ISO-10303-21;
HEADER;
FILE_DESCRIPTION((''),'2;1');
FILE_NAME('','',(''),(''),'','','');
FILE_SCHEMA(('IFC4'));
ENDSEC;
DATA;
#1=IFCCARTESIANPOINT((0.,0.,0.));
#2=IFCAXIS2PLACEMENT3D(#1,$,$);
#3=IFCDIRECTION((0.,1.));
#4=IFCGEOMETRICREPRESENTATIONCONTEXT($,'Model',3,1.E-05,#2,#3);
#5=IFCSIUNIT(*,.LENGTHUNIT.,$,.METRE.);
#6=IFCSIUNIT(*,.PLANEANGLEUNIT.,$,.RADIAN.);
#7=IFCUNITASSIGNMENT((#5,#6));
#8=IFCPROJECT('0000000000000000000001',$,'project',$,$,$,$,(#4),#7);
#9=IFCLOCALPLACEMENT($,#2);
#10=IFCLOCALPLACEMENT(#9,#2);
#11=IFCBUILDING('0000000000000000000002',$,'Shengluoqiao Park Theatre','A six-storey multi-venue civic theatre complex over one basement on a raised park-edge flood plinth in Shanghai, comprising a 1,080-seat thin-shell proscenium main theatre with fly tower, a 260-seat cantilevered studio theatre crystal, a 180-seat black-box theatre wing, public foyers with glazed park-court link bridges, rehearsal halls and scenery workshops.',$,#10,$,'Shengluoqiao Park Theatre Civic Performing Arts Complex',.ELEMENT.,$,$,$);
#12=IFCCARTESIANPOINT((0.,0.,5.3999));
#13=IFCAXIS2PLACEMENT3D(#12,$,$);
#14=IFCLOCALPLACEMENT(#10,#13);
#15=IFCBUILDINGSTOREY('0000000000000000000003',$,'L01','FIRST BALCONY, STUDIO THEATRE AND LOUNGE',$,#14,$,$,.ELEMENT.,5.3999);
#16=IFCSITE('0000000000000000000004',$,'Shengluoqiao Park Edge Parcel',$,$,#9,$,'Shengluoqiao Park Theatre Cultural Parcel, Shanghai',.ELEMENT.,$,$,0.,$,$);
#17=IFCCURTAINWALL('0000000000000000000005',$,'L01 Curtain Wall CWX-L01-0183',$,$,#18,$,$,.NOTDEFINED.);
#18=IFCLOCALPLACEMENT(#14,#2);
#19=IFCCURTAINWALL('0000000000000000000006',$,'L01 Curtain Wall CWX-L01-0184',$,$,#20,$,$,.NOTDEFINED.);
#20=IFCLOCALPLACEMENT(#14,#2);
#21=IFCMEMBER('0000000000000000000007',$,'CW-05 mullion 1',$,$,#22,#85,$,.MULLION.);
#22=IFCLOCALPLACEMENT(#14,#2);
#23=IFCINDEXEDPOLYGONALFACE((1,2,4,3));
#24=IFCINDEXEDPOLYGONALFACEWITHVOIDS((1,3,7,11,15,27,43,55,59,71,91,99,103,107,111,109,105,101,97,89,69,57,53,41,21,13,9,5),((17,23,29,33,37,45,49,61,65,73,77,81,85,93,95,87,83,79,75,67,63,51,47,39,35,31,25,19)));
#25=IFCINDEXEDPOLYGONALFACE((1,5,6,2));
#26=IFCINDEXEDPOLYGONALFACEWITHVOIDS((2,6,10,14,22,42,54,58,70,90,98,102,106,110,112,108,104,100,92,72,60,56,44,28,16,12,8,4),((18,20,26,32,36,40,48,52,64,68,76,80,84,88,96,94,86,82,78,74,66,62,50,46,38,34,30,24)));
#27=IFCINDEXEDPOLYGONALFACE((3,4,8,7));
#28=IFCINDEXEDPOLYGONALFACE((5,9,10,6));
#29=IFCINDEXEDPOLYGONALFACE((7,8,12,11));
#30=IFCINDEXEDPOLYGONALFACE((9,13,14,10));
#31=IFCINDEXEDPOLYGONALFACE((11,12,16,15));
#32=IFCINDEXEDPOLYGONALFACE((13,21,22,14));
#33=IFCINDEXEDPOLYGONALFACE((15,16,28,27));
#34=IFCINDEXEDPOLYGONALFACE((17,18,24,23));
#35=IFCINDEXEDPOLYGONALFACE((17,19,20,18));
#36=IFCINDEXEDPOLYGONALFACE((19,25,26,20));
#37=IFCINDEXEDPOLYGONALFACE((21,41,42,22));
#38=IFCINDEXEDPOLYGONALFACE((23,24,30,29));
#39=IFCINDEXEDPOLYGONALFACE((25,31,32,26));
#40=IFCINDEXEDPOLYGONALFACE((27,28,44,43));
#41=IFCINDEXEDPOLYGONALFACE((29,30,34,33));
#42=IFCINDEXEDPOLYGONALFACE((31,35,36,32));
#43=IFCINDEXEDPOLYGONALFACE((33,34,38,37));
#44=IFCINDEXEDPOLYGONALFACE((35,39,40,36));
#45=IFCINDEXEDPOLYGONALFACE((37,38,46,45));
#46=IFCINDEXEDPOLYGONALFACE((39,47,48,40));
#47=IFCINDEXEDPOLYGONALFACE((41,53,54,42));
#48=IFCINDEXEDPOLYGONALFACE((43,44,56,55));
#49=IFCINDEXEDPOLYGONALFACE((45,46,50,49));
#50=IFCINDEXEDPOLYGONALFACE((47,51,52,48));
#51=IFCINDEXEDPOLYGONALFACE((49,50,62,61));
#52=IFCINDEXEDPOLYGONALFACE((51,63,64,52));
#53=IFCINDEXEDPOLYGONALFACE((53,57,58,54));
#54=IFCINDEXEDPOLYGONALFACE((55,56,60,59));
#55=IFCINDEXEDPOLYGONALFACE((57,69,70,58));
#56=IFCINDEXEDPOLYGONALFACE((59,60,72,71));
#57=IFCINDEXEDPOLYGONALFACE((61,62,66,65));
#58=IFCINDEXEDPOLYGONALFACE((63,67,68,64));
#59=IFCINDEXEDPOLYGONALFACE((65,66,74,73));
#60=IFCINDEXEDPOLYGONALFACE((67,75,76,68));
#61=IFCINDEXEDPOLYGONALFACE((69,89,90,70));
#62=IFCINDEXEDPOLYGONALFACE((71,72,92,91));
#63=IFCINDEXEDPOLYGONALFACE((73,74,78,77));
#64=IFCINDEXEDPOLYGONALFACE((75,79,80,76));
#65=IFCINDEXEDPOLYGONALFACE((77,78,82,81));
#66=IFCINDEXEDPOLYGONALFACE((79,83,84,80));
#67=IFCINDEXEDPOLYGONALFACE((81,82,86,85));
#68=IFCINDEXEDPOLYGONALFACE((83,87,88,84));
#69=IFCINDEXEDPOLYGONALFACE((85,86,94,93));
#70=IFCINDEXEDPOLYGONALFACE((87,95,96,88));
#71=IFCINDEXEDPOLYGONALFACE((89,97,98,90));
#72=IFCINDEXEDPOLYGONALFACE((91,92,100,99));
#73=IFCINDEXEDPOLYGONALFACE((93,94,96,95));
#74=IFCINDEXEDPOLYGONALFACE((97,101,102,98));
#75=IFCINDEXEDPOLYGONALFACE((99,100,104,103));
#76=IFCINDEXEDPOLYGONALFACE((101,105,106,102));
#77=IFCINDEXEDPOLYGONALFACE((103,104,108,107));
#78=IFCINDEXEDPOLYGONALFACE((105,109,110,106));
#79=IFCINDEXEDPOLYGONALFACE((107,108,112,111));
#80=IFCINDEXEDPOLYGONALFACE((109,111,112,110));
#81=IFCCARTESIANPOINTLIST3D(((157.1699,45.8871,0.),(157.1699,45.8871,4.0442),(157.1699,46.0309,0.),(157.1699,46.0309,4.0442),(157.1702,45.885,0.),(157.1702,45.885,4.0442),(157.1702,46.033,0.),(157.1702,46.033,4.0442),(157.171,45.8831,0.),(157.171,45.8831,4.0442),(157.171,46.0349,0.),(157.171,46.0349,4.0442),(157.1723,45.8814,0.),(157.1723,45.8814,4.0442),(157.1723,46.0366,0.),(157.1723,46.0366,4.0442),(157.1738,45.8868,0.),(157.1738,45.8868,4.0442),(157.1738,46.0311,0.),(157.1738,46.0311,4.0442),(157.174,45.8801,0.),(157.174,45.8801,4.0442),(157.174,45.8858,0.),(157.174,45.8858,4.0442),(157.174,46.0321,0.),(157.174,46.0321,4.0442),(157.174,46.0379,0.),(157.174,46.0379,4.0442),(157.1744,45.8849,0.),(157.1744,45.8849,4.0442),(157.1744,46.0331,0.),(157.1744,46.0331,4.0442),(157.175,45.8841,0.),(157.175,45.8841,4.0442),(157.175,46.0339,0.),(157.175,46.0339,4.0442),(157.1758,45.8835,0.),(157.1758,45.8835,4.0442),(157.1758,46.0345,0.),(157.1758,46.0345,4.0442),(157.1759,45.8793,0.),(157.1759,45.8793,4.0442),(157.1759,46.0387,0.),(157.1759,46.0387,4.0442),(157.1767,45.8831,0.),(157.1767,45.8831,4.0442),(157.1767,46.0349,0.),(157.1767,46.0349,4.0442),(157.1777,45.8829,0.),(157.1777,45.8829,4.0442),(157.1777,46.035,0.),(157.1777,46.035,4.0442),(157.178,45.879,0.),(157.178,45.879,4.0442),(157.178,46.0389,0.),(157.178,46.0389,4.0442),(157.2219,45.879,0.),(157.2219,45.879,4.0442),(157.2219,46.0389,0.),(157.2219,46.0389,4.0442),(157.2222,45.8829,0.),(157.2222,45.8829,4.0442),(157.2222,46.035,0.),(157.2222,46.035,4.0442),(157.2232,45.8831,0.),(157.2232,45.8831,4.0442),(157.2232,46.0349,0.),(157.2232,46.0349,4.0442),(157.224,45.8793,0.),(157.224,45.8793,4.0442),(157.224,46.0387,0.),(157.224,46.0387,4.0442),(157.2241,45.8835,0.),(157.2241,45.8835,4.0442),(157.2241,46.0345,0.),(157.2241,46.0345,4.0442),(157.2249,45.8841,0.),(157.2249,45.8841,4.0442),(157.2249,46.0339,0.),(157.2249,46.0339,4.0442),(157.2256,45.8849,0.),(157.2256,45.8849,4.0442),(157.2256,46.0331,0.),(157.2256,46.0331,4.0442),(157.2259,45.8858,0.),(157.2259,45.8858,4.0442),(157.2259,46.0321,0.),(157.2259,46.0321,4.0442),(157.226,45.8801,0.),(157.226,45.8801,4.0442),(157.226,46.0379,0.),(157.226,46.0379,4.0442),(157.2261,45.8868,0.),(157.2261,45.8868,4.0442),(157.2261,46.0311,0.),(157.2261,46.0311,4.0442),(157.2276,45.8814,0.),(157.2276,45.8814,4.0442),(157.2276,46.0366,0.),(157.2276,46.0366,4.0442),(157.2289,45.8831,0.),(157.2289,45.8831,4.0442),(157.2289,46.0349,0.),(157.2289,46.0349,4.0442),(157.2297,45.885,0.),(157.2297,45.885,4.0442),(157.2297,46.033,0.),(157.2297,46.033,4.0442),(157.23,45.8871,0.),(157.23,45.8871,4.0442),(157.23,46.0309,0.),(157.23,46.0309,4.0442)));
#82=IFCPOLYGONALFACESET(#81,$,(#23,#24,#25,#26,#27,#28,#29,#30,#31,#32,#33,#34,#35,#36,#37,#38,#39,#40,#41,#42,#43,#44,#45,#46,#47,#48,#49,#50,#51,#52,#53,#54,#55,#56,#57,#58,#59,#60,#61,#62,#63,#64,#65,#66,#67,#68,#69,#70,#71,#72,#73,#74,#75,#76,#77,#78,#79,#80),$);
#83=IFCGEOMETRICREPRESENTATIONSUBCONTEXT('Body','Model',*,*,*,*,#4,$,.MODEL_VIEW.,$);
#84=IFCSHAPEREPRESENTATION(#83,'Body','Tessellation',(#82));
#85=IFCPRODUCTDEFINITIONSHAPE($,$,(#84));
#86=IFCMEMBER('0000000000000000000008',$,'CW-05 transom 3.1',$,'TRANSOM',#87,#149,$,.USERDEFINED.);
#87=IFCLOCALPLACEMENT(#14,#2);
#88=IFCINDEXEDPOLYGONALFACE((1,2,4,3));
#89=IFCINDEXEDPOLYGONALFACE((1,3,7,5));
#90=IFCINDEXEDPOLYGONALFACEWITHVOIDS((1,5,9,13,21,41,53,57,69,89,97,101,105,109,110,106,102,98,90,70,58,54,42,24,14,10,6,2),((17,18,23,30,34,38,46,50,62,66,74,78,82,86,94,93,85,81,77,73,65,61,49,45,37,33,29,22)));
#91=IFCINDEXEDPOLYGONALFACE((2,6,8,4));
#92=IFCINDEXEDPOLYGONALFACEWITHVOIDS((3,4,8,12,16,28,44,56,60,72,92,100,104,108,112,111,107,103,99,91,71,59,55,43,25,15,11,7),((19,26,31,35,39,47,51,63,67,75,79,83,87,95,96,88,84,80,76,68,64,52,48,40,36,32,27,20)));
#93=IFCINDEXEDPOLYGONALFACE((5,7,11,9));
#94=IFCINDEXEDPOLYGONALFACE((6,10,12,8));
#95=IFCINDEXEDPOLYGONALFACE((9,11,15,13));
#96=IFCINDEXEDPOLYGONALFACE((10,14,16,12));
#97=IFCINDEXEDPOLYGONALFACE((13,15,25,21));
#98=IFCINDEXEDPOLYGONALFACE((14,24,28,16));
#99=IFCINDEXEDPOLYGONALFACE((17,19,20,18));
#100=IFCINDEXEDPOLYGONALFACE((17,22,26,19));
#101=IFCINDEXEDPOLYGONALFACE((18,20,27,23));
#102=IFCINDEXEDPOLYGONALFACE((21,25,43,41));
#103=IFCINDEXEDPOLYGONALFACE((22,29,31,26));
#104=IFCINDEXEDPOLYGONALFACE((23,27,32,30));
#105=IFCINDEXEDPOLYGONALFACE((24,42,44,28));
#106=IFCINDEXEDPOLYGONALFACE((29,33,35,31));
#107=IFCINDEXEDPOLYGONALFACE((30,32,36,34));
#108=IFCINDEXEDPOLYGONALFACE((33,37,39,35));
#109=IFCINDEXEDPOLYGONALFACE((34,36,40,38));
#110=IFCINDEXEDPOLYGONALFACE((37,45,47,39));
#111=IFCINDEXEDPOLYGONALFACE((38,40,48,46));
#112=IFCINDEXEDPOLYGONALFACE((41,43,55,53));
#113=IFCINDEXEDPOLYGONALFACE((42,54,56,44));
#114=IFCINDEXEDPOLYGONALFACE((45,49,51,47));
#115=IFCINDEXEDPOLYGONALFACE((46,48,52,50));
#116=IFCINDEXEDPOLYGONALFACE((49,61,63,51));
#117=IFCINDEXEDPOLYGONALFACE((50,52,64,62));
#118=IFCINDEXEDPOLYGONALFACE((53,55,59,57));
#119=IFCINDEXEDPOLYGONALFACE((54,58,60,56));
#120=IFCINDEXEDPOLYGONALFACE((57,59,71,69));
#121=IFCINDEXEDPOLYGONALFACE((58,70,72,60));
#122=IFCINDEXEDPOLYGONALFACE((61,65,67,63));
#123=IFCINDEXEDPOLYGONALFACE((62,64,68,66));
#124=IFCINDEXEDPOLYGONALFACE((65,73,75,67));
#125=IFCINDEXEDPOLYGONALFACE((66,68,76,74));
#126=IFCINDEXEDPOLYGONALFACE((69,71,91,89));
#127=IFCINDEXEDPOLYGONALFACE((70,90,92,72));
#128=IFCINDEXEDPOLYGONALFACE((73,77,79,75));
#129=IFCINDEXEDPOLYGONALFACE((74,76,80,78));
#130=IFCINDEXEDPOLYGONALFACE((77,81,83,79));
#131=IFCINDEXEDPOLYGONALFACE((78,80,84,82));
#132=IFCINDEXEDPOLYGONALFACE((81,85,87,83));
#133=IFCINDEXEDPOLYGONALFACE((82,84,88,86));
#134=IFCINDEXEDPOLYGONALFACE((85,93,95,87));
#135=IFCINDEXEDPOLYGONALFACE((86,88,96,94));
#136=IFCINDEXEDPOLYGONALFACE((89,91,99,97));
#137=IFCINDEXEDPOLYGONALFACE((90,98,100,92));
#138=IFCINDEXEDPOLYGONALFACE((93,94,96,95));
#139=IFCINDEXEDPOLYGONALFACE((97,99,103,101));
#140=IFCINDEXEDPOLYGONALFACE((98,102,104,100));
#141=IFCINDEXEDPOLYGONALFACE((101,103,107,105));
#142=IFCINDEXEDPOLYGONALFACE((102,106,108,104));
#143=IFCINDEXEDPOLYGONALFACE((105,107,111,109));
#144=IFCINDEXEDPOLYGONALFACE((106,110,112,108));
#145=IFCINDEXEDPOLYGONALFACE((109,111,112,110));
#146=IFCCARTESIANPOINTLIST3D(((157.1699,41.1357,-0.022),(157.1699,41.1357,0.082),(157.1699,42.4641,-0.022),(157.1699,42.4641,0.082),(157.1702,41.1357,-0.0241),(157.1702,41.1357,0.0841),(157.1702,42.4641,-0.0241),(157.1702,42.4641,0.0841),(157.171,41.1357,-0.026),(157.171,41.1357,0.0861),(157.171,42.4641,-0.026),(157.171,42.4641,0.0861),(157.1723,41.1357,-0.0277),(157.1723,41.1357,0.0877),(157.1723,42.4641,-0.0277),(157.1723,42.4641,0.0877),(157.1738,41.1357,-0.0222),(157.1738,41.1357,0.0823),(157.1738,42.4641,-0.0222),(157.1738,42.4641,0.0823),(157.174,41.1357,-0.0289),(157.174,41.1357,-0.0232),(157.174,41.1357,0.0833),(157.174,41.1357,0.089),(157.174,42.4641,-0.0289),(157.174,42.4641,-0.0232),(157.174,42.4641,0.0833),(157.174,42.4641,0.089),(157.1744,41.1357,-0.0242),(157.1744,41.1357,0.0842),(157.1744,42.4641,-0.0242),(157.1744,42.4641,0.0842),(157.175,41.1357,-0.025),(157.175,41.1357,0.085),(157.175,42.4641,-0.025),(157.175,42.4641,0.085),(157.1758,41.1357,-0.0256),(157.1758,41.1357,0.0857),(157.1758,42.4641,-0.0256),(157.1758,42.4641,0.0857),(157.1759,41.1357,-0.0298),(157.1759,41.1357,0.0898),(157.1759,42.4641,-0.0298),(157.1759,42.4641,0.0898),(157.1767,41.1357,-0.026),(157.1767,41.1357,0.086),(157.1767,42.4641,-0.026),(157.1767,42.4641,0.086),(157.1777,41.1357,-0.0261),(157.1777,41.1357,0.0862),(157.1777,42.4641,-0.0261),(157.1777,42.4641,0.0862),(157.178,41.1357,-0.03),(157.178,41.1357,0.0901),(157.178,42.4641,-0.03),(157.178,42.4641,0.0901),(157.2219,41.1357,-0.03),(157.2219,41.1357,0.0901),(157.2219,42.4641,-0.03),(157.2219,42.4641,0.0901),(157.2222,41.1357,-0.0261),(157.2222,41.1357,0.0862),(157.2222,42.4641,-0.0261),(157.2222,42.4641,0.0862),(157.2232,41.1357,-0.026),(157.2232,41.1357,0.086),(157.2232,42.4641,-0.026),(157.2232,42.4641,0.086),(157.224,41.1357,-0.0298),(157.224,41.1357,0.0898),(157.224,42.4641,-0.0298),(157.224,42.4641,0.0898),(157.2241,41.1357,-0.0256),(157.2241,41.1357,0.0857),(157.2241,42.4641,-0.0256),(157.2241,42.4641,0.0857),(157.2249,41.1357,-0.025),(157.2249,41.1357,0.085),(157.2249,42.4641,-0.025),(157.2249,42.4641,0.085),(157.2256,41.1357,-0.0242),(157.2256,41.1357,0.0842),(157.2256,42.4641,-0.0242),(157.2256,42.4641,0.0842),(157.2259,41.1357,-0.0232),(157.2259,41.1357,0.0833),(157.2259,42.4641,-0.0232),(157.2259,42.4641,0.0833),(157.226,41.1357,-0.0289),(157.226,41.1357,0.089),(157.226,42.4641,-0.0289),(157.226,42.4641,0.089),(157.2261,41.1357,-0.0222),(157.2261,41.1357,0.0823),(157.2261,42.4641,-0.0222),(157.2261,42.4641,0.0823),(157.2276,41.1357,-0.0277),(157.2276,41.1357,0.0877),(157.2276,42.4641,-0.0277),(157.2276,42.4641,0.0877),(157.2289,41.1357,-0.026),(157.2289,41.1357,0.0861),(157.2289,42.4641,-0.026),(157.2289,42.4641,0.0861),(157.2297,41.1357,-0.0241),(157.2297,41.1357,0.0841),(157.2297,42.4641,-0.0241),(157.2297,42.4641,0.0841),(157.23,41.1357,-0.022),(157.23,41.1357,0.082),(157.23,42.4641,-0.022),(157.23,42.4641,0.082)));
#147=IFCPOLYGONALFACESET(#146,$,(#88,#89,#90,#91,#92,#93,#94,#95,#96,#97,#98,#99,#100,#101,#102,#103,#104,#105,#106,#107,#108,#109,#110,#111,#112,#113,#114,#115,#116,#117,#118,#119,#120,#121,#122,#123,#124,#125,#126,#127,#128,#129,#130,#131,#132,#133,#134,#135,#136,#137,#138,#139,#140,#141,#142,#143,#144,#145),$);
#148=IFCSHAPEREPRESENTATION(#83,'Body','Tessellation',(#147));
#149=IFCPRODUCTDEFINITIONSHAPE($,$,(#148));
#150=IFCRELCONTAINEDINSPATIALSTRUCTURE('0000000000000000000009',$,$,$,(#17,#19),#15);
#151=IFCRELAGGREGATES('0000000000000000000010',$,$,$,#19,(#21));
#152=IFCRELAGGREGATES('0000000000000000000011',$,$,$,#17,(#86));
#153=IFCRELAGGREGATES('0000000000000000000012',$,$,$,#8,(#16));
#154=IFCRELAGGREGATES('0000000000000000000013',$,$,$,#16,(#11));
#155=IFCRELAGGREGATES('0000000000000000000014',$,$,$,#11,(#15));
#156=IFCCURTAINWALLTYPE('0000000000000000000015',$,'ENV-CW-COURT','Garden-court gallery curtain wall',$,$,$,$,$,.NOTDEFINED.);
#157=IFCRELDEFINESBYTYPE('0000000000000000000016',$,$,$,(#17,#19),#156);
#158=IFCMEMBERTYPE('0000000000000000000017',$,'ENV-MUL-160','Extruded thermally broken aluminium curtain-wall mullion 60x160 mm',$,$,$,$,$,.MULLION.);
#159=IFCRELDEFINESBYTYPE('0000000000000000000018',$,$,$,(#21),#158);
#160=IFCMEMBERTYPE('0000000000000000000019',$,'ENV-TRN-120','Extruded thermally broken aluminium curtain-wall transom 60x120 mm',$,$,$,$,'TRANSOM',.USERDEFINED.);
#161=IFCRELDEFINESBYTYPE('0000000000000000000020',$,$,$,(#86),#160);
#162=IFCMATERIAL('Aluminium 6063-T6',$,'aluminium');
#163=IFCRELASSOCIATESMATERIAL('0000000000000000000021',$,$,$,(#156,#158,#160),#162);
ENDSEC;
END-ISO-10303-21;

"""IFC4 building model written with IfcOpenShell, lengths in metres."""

from ifc_helpers import new_model, si_unit, direction, frame, origin, origin_2d, place, context, subcontext, project, spatial, hollow_rectangle, extrude, material, material_profile, profile_set, type_object, element, aggregate, save


model = new_model("IFC4")

# Units and contexts
model_context = context("Model", 3, precision=1e-05, world=origin(), true_north=direction((0.0, 1.0)))
body_context = subcontext(model_context, "Body", "Model", "MODEL_VIEW")
ifc_project = project(units=[si_unit("LENGTHUNIT", "METRE"), si_unit("PLANEANGLEUNIT", "RADIAN")], contexts=[model_context])

# Site, building, storey
site_placement = place(None, origin())
site = spatial("IfcSite", under=ifc_project, at=site_placement, Name="Shengluoqiao Park Edge Parcel", LongName="Shengluoqiao Park Theatre Cultural Parcel, Shanghai", CompositionType="ELEMENT", RefElevation=0.0)
building_placement = place(site_placement, origin())
building = spatial("IfcBuilding", under=site, at=building_placement, Name="Shengluoqiao Park Theatre", Description="A six-storey multi-venue civic theatre complex over one basement on a raised park-edge flood plinth in Shanghai, comprising a 1,080-seat thin-shell proscenium main theatre with fly tower, a 260-seat cantilevered studio theatre crystal, a 180-seat black-box theatre wing, public foyers with glazed park-court link bridges, rehearsal halls and scenery workshops.", LongName="Shengluoqiao Park Theatre Civic Performing Arts Complex", CompositionType="ELEMENT")
storey_placement = place(building_placement, frame((0.0, 0.0, 5.3999)))
storey = spatial("IfcBuildingStorey", under=building, at=storey_placement, Name="L01", Description="FIRST BALCONY, STUDIO THEATRE AND LOUNGE", CompositionType="ELEMENT", Elevation=5.3999)

# Curtain wall
ifc_material_1 = material(Name="Aluminium 6063-T6", Category="aluminium")
curtain_wall_type = type_object("IfcCurtainWallType", Name="ENV-CW-COURT", Description="Garden-court gallery curtain wall", PredefinedType="NOTDEFINED", material=ifc_material_1)
curtain_wall_1_placement = place(storey_placement, origin())
curtain_wall_1 = element("IfcCurtainWall", 1, at=curtain_wall_1_placement, inside=storey, type_object=curtain_wall_type, Name="L01 Curtain Wall CWX-L01-0183", PredefinedType="NOTDEFINED")
ifc_material_profile_1 = material_profile(ifc_material_1, hollow_rectangle(XDim=0.0601, YDim=0.1599, WallThickness=0.0039, InnerFilletRadius=0.0039, OuterFilletRadius=0.0081, at=origin_2d()), Name="ALU MULLION 160x60x4")
ifc_profile_set_1 = profile_set([ifc_material_profile_1], Name="Aluminium 6063-T6")
member_type_1 = type_object("IfcMemberType", Name="ENV-MUL-160", Description="Extruded thermally broken aluminium curtain-wall mullion 60x160 mm", PredefinedType="MULLION", material=ifc_profile_set_1)

# Curtain wall, member
curtain_wall_2_placement = place(storey_placement, origin())
curtain_wall_2 = element("IfcCurtainWall", 2, at=curtain_wall_2_placement, inside=storey, type_object=curtain_wall_type, Name="L01 Curtain Wall CWX-L01-0184", PredefinedType="NOTDEFINED")
member_1_placement = place(storey_placement, frame((157.2, 45.959, 0.0), z_axis=(0.0, 0.0, 1.0), x_axis=(-1.0, 0.0, 0.0)))
member_1 = element("IfcMember", 3, at=member_1_placement, type_object=member_type_1, Name="CW-05 mullion 1", PredefinedType="MULLION", context=body_context, shape_type="SweptSolid", body=[
    extrude(hollow_rectangle(XDim=0.0601, YDim=0.1599, WallThickness=0.0039, InnerFilletRadius=0.0039, OuterFilletRadius=0.0081, at=origin_2d()), origin(), (0.0, 0.0, 1.0), 4.0442),
])

# Member
ifc_material_profile_2 = material_profile(ifc_material_1, hollow_rectangle(XDim=0.0601, YDim=0.1201, WallThickness=0.0039, InnerFilletRadius=0.0039, OuterFilletRadius=0.0081, at=origin_2d()), Name="ALU TRANSOM 120x60x4")
ifc_profile_set_2 = profile_set([ifc_material_profile_2], Name="Aluminium 6063-T6")
member_type_2 = type_object("IfcMemberType", Name="ENV-TRN-120", Description="Extruded thermally broken aluminium curtain-wall transom 60x120 mm", ElementType="TRANSOM", PredefinedType="USERDEFINED", material=ifc_profile_set_2)
member_2_placement = place(storey_placement, frame((157.2, 41.1357, 0.03), z_axis=(0.0, 1.0, 0.0), x_axis=(-1.0, 0.0, 0.0)))
member_2 = element("IfcMember", 4, at=member_2_placement, type_object=member_type_2, Name="CW-05 transom 3.1", ObjectType="TRANSOM", PredefinedType="USERDEFINED", context=body_context, shape_type="SweptSolid", body=[
    extrude(hollow_rectangle(XDim=0.0601, YDim=0.1201, WallThickness=0.0039, InnerFilletRadius=0.0039, OuterFilletRadius=0.0081, at=origin_2d()), origin(), (0.0, 0.0, 1.0), 1.3284),
])
aggregate(curtain_wall_2, [member_1])

aggregate(curtain_wall_1, [member_2])

save(model, "model.ifc")
